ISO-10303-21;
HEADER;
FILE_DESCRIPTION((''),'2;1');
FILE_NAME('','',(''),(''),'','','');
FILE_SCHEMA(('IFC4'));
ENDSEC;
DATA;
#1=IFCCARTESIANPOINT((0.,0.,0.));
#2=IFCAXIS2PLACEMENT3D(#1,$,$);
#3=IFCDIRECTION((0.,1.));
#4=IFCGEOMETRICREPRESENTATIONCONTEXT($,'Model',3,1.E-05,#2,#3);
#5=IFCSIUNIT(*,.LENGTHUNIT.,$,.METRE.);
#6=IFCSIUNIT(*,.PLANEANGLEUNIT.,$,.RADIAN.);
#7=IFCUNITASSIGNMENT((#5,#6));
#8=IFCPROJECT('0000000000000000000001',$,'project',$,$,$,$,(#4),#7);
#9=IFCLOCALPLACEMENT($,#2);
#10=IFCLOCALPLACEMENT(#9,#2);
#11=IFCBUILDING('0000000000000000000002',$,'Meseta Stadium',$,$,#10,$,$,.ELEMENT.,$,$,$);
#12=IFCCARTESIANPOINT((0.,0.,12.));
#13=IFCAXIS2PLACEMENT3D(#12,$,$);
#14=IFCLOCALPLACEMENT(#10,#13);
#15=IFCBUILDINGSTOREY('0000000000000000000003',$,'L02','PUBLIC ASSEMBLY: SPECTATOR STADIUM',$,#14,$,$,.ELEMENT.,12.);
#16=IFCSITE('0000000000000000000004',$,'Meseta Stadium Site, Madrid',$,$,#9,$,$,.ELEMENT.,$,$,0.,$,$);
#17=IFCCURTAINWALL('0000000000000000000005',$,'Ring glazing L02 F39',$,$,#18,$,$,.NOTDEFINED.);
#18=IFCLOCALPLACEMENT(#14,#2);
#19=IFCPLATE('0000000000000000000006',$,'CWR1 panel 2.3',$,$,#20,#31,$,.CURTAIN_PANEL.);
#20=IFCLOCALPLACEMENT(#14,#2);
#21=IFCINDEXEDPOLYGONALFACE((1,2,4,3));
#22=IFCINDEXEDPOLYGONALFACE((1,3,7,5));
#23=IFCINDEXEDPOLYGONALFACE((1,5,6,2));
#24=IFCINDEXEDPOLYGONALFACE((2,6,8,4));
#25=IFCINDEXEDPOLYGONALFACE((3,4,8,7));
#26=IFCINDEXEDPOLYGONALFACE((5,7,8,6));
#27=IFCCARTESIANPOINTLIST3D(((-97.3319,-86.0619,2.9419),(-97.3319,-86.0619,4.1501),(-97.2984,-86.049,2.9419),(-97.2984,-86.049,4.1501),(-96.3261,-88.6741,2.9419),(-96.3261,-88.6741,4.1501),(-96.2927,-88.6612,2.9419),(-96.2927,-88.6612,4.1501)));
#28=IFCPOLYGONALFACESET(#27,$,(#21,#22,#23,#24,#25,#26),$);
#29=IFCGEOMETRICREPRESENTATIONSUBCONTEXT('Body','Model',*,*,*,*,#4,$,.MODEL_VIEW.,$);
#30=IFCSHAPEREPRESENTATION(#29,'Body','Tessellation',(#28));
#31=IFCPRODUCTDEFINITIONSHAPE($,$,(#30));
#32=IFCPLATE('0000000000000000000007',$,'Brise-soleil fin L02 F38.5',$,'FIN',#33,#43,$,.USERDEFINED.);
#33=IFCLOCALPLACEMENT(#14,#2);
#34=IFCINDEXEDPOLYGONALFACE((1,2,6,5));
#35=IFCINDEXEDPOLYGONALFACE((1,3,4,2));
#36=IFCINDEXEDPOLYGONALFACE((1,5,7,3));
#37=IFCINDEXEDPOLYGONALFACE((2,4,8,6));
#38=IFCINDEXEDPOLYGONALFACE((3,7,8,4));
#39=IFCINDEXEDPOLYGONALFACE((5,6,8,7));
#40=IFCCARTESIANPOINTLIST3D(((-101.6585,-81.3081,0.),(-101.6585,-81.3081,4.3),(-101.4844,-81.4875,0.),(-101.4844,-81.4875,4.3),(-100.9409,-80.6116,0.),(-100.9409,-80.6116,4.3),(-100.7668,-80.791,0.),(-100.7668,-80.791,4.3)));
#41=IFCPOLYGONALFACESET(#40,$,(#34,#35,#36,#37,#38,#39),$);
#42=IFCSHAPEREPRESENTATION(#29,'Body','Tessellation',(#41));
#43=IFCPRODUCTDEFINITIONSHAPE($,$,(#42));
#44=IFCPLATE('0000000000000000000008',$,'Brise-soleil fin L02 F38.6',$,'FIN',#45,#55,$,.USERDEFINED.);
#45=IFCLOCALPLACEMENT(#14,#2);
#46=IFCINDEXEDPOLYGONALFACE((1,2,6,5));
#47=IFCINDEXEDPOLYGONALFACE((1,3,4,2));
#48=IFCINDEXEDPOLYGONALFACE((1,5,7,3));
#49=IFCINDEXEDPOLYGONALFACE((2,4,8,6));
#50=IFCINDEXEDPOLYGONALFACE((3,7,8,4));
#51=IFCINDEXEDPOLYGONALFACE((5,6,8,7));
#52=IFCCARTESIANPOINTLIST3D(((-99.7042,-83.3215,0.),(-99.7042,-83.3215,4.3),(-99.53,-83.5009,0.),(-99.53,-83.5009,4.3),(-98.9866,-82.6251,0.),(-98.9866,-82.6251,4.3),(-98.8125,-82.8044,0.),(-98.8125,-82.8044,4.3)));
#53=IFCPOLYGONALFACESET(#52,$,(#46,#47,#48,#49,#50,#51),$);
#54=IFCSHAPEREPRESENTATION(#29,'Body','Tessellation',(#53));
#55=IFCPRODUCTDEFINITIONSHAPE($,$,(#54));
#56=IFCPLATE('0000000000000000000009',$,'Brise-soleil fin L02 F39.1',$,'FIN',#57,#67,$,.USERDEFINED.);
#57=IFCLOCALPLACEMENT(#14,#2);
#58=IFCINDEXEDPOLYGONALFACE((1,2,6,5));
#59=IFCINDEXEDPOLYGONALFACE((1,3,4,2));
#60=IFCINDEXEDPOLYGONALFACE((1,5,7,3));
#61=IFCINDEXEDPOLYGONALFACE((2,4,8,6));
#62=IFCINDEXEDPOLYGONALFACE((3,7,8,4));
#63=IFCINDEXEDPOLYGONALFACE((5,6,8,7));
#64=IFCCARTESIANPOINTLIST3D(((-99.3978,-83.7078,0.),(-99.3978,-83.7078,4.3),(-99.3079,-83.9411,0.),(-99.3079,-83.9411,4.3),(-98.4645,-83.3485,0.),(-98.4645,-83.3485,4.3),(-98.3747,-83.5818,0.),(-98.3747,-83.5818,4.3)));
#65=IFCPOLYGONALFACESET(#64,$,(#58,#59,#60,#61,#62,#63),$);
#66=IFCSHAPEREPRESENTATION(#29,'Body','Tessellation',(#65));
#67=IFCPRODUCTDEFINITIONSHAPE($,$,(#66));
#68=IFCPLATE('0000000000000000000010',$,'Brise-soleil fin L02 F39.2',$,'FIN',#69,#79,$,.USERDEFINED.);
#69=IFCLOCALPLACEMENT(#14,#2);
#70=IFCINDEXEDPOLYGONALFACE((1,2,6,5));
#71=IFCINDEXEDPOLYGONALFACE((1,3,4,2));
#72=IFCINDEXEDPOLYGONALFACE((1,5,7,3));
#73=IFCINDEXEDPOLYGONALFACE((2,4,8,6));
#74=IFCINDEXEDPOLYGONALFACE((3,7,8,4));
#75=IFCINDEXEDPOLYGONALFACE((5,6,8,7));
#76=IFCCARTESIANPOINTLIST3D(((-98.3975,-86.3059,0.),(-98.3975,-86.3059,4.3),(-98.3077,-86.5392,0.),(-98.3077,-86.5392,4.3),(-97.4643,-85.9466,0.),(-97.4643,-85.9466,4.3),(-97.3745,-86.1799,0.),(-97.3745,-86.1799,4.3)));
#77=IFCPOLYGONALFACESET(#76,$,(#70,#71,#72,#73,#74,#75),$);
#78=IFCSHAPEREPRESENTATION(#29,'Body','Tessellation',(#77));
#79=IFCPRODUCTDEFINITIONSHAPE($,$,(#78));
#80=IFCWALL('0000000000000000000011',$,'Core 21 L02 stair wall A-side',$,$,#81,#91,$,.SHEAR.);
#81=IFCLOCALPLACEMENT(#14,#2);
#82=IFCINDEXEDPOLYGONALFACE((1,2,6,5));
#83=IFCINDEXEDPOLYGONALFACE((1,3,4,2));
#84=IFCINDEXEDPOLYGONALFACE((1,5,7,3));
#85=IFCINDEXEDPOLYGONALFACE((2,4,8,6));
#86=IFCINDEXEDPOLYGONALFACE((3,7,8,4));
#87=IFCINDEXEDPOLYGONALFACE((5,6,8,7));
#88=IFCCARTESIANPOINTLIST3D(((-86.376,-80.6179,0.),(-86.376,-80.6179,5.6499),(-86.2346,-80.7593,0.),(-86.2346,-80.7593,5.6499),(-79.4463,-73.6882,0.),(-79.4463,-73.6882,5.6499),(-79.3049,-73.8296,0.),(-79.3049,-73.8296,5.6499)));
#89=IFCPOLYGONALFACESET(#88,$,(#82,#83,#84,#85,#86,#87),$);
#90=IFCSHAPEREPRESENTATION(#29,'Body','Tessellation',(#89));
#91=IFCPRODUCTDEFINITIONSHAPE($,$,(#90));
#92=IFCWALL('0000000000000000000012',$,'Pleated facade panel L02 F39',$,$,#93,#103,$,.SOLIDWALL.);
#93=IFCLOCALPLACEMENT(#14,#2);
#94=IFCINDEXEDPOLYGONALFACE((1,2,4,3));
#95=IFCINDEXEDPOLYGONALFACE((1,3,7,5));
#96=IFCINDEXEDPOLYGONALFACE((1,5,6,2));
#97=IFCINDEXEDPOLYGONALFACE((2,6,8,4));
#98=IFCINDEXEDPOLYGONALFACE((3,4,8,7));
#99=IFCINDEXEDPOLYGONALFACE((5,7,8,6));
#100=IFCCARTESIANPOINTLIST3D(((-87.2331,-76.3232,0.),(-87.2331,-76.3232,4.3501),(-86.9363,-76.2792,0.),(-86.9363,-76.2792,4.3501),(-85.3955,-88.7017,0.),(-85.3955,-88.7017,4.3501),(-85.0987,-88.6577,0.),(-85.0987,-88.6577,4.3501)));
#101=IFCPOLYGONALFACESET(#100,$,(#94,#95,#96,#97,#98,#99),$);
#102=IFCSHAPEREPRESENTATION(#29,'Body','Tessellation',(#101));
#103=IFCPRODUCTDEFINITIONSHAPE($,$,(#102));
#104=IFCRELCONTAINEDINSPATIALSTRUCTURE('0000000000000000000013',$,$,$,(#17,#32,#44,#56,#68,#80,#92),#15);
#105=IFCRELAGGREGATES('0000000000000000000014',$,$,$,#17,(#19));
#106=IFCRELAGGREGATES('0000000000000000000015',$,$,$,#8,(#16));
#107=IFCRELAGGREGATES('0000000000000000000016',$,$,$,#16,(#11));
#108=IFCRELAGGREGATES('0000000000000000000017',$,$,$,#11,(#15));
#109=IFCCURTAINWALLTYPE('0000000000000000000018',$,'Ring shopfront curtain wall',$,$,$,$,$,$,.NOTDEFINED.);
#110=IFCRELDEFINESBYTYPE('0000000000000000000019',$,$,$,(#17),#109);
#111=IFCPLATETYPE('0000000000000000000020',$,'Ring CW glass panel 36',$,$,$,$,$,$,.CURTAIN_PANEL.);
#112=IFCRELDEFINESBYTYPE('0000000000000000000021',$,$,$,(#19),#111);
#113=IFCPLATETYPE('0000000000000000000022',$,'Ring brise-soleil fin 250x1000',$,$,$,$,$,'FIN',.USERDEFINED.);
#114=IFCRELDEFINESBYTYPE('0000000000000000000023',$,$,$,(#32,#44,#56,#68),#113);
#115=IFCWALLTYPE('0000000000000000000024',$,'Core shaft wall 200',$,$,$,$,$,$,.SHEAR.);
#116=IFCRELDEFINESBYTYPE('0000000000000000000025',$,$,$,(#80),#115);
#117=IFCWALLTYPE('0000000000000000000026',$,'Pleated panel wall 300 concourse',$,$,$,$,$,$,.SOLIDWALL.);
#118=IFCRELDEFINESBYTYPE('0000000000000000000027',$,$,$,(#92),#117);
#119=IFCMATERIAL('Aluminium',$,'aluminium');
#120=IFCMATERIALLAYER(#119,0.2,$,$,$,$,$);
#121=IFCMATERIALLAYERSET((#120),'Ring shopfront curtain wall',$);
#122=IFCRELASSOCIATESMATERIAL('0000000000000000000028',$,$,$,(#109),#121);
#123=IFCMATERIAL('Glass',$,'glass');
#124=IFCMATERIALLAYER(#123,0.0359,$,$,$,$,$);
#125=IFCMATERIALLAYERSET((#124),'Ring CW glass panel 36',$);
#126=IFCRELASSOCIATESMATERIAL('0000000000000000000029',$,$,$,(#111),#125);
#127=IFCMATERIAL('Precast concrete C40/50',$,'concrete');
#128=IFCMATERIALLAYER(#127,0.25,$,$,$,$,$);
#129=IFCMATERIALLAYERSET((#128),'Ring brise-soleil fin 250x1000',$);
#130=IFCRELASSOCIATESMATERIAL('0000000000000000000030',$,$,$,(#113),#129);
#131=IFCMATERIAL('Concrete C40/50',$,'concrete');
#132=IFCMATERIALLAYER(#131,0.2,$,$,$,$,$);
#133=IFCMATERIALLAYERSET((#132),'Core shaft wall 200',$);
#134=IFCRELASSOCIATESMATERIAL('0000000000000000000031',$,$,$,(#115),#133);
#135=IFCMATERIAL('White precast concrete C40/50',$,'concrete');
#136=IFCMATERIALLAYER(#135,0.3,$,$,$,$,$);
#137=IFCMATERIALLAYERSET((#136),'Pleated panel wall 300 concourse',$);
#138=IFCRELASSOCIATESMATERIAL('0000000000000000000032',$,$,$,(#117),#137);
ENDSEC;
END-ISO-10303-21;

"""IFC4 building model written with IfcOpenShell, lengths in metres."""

from ifc_helpers import new_model, si_unit, direction, frame, frame_2d, origin, origin_2d, place, context, subcontext, project, spatial, rectangle, extrude, material, layer, layer_set, type_object, element, aggregate, save


model = new_model("IFC4")

# Units and contexts
model_context = context("Model", 3, precision=1e-05, world=origin(), true_north=direction((0.0, 1.0)))
body_context = subcontext(model_context, "Body", "Model", "MODEL_VIEW")
ifc_project = project(units=[si_unit("LENGTHUNIT", "METRE"), si_unit("PLANEANGLEUNIT", "RADIAN")], contexts=[model_context])

# Site, building, storey
site_placement = place(None, origin())
site = spatial("IfcSite", under=ifc_project, at=site_placement, Name="Meseta Stadium Site, Madrid", CompositionType="ELEMENT", RefElevation=0.0)
building_placement = place(site_placement, origin())
building = spatial("IfcBuilding", under=site, at=building_placement, Name="Meseta Stadium", CompositionType="ELEMENT")
storey_placement = place(building_placement, frame((0.0, 0.0, 12.0)))
storey = spatial("IfcBuildingStorey", under=building, at=storey_placement, Name="L02", Description="PUBLIC ASSEMBLY: SPECTATOR STADIUM", CompositionType="ELEMENT", Elevation=12.0)

# Shared definitions
ifc_material_1 = material(Name="Aluminium", Category="aluminium")
ifc_layer_1 = layer(ifc_material_1, 0.2)
ifc_layer_set_1 = layer_set([ifc_layer_1], Name="Ring shopfront curtain wall")
curtain_wall_type = type_object("IfcCurtainWallType", Name="Ring shopfront curtain wall", PredefinedType="NOTDEFINED", material=ifc_layer_set_1)

# Curtain wall
curtain_wall_1_placement = place(storey_placement, origin())
curtain_wall_1 = element("IfcCurtainWall", 1, at=curtain_wall_1_placement, inside=storey, type_object=curtain_wall_type, Name="Ring glazing L02 F39", PredefinedType="NOTDEFINED")

# Plate
ifc_material_2 = material(Name="Glass", Category="glass")
ifc_layer_2 = layer(ifc_material_2, 0.0359)
ifc_layer_set_2 = layer_set([ifc_layer_2], Name="Ring CW glass panel 36")
plate_type_1 = type_object("IfcPlateType", Name="Ring CW glass panel 36", PredefinedType="CURTAIN_PANEL", material=ifc_layer_set_2)
plate_1_placement = place(storey_placement, frame((-96.8123, -87.3616, 2.9419), z_axis=(0.0, 0.0, 1.0), x_axis=(0.359302, -0.933221, 0.0)))
plate_1 = element("IfcPlate", 2, at=plate_1_placement, type_object=plate_type_1, Name="CWR1 panel 2.3", PredefinedType="CURTAIN_PANEL", context=body_context, shape_type="SweptSolid", body=[
    extrude(rectangle(XDim=2.7991, YDim=0.0359, at=origin_2d()), origin(), (0.0, 0.0, 1.0), 1.2083),
])
aggregate(curtain_wall_1, [plate_1])

# Plates
ifc_material_3 = material(Name="Precast concrete C40/50", Category="concrete")
ifc_layer_3 = layer(ifc_material_3, 0.25)
ifc_layer_set_3 = layer_set([ifc_layer_3], Name="Ring brise-soleil fin 250x1000")
plate_type_2 = type_object("IfcPlateType", Name="Ring brise-soleil fin 250x1000", ElementType="FIN", PredefinedType="USERDEFINED", material=ifc_layer_set_3)
for number, where, z_axis, x_axis, name in (
    (3, (-101.2126, -81.0496, 0.0), (0.0, 0.0, 1.0), (0.696475, -0.717581, 0.0), "Brise-soleil fin L02 F38.5"),
    (4, (-99.2583, -83.063, 0.0), (0.0, 0.0, 1.0), (0.696475, -0.717581, 0.0), "Brise-soleil fin L02 F38.6"),
    (5, (-98.8862, -83.6448, 0.0), (0.0, 0.0, 1.0), (0.359298, -0.933223, 0.0), "Brise-soleil fin L02 F39.1"),
    (6, (-97.886, -86.2429, 0.0), (0.0, 0.0, 1.0), (0.359298, -0.933223, 0.0), "Brise-soleil fin L02 F39.2"),
):
    element("IfcPlate", number, at=place(storey_placement, frame(where, z_axis=z_axis, x_axis=x_axis)), inside=storey, type_object=plate_type_2, Name=name, ObjectType="FIN", PredefinedType="USERDEFINED", context=body_context, shape_type="SweptSolid", body=[
        extrude(rectangle(XDim=0.25, YDim=1.0, at=origin_2d()), origin(), (0.0, 0.0, 1.0), 4.3),
    ])

# Walls
ifc_material_4 = material(Name="Concrete C40/50", Category="concrete")
ifc_layer_4 = layer(ifc_material_4, 0.2)
ifc_layer_set_4 = layer_set([ifc_layer_4], Name="Core shaft wall 200")
wall_type_1 = type_object("IfcWallType", Name="Core shaft wall 200", PredefinedType="SHEAR", material=ifc_layer_set_4)
wall_1_placement = place(storey_placement, frame((-86.3052, -80.6885, 0.0), z_axis=(0.0, 0.0, 1.0), x_axis=(0.707107, 0.707107, 0.0)))
element("IfcWall", 7, at=wall_1_placement, inside=storey, type_object=wall_type_1, Name="Core 21 L02 stair wall A-side", PredefinedType="SHEAR", context=body_context, shape_type="SweptSolid", body=[
    extrude(rectangle(XDim=9.8, YDim=0.2, at=frame_2d((4.8999, 0.0))), origin(), (0.0, 0.0, 1.0), 5.6499),
])
ifc_material_5 = material(Name="White precast concrete C40/50", Category="concrete")
ifc_layer_5 = layer(ifc_material_5, 0.3)
ifc_layer_set_5 = layer_set([ifc_layer_5], Name="Pleated panel wall 300 concourse")
wall_type_2 = type_object("IfcWallType", Name="Pleated panel wall 300 concourse", PredefinedType="SOLIDWALL", material=ifc_layer_set_5)
wall_2_placement = place(storey_placement, frame((-85.2471, -88.6797, 0.0), z_axis=(0.0, 0.0, 1.0), x_axis=(-0.146846, 0.989159, 0.0)))
element("IfcWall", 8, at=wall_2_placement, inside=storey, type_object=wall_type_2, Name="Pleated facade panel L02 F39", PredefinedType="SOLIDWALL", context=body_context, shape_type="SweptSolid", body=[
    extrude(rectangle(XDim=12.5142, YDim=0.3, at=frame_2d((6.2571, 0.0))), origin(), (0.0, 0.0, 1.0), 4.3501),
])

save(model, "model.ifc")
